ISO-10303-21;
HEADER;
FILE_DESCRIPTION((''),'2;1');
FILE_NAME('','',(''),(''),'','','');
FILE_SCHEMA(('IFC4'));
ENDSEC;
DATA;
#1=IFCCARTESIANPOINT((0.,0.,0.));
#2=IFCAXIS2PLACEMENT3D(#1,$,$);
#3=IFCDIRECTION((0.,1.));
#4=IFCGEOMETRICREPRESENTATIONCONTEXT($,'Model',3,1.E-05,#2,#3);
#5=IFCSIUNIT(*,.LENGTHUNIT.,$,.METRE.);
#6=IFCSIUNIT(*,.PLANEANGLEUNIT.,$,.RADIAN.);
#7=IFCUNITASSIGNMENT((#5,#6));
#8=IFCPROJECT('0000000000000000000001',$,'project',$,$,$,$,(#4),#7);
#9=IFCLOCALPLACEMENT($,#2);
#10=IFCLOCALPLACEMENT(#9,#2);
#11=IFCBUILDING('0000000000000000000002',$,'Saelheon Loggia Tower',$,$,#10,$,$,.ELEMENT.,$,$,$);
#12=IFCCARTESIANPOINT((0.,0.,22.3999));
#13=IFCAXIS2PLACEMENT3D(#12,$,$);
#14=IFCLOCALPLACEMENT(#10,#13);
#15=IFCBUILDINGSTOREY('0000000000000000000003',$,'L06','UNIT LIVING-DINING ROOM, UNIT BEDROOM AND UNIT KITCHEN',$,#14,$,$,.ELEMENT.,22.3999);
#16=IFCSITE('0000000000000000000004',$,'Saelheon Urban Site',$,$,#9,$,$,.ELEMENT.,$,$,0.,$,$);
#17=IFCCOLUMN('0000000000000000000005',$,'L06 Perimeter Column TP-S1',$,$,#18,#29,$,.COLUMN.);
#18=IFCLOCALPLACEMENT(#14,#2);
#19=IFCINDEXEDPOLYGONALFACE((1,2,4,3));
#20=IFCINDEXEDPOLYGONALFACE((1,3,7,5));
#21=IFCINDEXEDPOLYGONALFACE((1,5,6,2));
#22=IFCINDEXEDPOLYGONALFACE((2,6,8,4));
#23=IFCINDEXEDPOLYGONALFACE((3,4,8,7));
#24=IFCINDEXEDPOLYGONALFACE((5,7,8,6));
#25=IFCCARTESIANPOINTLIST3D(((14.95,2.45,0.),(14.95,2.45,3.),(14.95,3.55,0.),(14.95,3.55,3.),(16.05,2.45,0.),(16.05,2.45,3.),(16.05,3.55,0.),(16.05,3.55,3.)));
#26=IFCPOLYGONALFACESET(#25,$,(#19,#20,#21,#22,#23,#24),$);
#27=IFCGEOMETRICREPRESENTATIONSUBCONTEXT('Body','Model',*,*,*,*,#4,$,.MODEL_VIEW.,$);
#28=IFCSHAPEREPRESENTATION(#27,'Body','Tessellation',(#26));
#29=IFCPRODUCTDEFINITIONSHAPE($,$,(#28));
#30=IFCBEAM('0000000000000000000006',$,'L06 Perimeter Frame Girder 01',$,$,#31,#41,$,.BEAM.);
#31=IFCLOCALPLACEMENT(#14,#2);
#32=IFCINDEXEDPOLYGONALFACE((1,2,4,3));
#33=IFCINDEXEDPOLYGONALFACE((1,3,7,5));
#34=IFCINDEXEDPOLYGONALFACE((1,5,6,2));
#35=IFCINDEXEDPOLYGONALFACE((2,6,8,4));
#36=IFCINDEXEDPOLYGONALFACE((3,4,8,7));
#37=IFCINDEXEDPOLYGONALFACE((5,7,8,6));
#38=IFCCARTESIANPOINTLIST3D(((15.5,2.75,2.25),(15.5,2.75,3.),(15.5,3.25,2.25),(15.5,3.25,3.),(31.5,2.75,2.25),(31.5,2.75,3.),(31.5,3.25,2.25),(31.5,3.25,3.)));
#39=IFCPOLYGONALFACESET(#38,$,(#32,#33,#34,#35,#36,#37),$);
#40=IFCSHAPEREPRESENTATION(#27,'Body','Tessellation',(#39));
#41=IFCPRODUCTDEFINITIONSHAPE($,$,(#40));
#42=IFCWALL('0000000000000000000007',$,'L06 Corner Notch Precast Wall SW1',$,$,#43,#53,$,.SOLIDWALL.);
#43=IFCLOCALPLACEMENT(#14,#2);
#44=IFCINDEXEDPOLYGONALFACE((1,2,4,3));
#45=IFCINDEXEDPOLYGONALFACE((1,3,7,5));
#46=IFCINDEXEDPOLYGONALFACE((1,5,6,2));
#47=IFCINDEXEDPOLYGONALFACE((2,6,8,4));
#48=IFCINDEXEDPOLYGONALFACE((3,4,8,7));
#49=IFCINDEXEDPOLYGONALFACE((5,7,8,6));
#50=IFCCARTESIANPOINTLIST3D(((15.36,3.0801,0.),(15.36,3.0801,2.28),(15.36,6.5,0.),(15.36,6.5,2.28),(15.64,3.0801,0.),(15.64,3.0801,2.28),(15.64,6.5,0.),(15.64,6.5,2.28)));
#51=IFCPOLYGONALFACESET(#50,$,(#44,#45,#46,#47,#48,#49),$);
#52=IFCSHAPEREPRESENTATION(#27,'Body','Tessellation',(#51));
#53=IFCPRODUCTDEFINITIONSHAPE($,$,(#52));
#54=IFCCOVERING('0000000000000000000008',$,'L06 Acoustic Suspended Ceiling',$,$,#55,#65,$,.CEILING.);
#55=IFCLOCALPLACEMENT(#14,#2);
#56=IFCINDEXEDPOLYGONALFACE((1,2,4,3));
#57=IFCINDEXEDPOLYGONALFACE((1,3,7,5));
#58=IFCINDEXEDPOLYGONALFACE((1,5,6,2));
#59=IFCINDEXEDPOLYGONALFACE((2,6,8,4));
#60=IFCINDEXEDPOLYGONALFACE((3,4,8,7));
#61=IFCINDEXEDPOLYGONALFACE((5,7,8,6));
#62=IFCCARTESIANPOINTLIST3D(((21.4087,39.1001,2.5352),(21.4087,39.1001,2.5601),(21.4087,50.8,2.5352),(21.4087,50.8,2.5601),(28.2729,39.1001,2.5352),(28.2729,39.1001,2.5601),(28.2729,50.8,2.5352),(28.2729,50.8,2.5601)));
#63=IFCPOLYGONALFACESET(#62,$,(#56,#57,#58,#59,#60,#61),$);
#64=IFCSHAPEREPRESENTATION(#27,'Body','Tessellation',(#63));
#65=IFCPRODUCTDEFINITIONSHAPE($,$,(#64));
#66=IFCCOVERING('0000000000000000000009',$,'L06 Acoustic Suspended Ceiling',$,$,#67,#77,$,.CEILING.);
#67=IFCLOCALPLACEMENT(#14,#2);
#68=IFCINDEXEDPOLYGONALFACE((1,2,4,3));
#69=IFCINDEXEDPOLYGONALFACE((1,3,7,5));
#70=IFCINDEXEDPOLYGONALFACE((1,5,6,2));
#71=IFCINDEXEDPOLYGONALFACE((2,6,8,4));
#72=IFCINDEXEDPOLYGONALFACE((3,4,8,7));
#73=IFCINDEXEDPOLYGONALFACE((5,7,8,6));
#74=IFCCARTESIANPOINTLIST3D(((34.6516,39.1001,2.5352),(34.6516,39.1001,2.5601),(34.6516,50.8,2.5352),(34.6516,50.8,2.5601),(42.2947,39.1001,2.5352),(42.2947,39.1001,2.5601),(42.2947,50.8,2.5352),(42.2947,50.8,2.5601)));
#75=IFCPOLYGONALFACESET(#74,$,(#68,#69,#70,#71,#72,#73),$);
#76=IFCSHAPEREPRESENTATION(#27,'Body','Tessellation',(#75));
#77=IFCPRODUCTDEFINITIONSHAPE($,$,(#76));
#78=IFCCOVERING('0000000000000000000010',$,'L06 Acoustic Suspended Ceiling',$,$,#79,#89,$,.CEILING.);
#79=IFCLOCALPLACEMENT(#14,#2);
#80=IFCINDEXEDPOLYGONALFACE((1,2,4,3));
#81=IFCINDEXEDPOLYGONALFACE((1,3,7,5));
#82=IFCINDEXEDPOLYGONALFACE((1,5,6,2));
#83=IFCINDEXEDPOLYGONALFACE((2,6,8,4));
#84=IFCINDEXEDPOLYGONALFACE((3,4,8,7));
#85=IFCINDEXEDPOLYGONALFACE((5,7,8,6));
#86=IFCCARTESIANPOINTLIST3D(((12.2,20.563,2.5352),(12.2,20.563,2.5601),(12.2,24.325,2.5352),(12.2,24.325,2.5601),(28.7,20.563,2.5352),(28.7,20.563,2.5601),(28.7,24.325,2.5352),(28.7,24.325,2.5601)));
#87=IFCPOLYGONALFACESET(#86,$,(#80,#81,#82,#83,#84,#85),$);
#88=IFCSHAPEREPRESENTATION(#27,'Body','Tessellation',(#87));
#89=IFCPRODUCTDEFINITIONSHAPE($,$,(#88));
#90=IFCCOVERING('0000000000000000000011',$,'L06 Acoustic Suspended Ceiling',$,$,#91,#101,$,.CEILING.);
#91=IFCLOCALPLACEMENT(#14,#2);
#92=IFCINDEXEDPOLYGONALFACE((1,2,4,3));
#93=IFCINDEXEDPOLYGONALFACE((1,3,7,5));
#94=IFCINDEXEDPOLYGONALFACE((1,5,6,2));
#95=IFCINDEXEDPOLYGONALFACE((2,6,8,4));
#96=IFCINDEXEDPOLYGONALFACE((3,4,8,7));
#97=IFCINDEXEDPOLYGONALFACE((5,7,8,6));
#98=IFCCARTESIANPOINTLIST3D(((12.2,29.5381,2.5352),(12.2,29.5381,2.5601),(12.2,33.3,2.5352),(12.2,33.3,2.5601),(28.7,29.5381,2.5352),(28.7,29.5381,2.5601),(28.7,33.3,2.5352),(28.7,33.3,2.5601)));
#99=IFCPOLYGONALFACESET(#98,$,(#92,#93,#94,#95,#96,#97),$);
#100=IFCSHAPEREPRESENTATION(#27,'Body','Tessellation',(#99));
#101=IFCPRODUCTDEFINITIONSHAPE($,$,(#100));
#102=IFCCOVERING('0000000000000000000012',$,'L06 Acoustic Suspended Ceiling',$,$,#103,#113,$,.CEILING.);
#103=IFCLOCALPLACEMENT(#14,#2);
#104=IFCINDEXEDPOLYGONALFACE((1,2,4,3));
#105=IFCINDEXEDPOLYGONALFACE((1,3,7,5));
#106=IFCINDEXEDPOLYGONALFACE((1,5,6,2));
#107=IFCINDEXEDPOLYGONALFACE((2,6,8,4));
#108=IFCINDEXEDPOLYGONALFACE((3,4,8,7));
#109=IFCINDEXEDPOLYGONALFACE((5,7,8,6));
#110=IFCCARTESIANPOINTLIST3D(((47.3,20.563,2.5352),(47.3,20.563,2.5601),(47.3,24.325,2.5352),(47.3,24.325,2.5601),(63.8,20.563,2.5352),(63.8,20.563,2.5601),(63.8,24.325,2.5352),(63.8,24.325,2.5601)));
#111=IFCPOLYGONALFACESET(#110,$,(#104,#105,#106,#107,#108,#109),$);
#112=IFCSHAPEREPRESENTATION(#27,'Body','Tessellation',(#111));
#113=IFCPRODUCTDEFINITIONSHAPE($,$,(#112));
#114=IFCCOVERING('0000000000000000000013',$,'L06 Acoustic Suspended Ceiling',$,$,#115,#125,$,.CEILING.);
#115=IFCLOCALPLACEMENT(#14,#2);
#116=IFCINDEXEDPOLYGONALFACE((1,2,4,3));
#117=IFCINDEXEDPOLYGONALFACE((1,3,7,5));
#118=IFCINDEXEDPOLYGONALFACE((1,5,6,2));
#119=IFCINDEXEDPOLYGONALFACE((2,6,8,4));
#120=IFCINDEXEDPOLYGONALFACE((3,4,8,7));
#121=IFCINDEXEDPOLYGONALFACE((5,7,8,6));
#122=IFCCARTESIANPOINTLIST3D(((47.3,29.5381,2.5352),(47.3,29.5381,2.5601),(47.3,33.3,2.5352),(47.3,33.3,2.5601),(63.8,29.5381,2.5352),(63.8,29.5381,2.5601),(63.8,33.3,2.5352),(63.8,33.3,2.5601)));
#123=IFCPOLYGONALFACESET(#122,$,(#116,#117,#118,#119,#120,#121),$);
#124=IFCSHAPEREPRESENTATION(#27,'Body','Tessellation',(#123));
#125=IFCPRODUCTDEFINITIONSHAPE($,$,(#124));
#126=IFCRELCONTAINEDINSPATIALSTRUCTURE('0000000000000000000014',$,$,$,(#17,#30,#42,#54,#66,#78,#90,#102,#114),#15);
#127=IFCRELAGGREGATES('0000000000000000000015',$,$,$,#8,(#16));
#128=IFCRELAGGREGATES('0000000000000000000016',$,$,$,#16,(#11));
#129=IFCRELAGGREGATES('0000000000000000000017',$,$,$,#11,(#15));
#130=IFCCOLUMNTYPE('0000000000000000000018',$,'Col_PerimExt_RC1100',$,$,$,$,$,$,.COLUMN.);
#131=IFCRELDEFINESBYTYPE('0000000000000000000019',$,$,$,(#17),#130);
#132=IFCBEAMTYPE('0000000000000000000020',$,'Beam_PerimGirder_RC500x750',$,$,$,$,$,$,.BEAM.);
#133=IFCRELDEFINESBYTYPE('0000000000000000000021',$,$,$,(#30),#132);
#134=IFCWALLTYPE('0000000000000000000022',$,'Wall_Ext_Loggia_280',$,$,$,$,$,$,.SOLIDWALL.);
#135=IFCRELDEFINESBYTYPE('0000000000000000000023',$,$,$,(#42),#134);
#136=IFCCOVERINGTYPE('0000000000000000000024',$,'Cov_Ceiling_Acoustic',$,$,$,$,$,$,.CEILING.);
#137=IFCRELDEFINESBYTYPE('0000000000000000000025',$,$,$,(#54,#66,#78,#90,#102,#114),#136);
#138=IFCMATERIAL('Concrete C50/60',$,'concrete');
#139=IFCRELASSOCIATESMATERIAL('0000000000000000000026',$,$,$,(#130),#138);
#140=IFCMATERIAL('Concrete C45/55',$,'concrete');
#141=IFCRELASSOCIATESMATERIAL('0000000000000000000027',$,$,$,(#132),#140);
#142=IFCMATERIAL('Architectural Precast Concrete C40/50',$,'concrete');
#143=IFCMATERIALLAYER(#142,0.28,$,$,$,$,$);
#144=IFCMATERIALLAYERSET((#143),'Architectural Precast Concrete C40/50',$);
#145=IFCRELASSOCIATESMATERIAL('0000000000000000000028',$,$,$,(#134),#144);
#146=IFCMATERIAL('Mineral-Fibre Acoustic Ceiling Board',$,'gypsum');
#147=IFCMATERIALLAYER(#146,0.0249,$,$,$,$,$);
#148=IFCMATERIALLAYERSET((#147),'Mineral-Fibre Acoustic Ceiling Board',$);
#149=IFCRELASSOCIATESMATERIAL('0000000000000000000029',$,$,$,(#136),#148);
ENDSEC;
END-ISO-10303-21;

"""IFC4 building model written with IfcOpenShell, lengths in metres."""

from ifc_helpers import new_model, si_unit, direction, frame, frame_2d, origin, origin_2d, place, context, subcontext, project, spatial, polyline, rectangle, outline, extrude, source, transform, mapped, material, layer, layer_set, material_profile, profile_set, type_object, element, save


model = new_model("IFC4")

# Units and contexts
model_context = context("Model", 3, precision=1e-05, world=origin(), true_north=direction((0.0, 1.0)))
body_context = subcontext(model_context, "Body", "Model", "MODEL_VIEW")
ifc_project = project(units=[si_unit("LENGTHUNIT", "METRE"), si_unit("PLANEANGLEUNIT", "RADIAN")], contexts=[model_context])

# Site, building, storey
site_placement = place(None, origin())
site = spatial("IfcSite", under=ifc_project, at=site_placement, Name="Saelheon Urban Site", CompositionType="ELEMENT", RefElevation=0.0)
building_placement = place(site_placement, origin())
building = spatial("IfcBuilding", under=site, at=building_placement, Name="Saelheon Loggia Tower", CompositionType="ELEMENT")
storey_placement = place(building_placement, frame((0.0, 0.0, 22.3999)))
storey = spatial("IfcBuildingStorey", under=building, at=storey_placement, Name="L06", Description="UNIT LIVING-DINING ROOM, UNIT BEDROOM AND UNIT KITCHEN", CompositionType="ELEMENT", Elevation=22.3999)

# Column
ifc_material_1 = material(Name="Concrete C50/60", Category="concrete")
ifc_material_profile_1 = material_profile(ifc_material_1, rectangle(XDim=1.1001, YDim=1.1001, at=origin_2d()), Name="RC-1100x1100")
ifc_profile_set_1 = profile_set([ifc_material_profile_1], Name="Concrete C50/60")
column_type = type_object("IfcColumnType", Name="Col_PerimExt_RC1100", PredefinedType="COLUMN", material=ifc_profile_set_1)
shared_shape_1 = source(origin(), body_context, "Body", "SweptSolid", [
    extrude(rectangle(XDim=1.1001, YDim=1.1001, at=origin_2d()), origin(), (0.0, 0.0, 1.0), 3.0),
])
column_placement = place(storey_placement, frame((15.5, 3.0, 0.0), z_axis=(0.0, 0.0, 1.0), x_axis=(1.0, 0.0, 0.0)))
element("IfcColumn", 1, at=column_placement, inside=storey, type_object=column_type, Name="L06 Perimeter Column TP-S1", PredefinedType="COLUMN", context=body_context, shape_type="MappedRepresentation", body=[
    mapped(shared_shape_1, transform((0.0, 0.0, 0.0), scale=1.0)),
])

# Beam
ifc_material_2 = material(Name="Concrete C45/55", Category="concrete")
ifc_material_profile_2 = material_profile(ifc_material_2, rectangle(XDim=0.5, YDim=0.75, at=origin_2d()), Name="RC-500x750")
ifc_profile_set_2 = profile_set([ifc_material_profile_2], Name="Concrete C45/55")
beam_type = type_object("IfcBeamType", Name="Beam_PerimGirder_RC500x750", PredefinedType="BEAM", material=ifc_profile_set_2)
shared_shape_2 = source(origin(), body_context, "Body", "SweptSolid", [
    extrude(rectangle(XDim=0.5, YDim=0.75, at=origin_2d()), origin(), (0.0, 0.0, 1.0), 16.0),
])
beam_placement = place(storey_placement, frame((15.5, 3.0, 2.625), z_axis=(1.0, 0.0, 0.0), x_axis=(0.0, 1.0, 0.0)))
element("IfcBeam", 2, at=beam_placement, inside=storey, type_object=beam_type, Name="L06 Perimeter Frame Girder 01", PredefinedType="BEAM", context=body_context, shape_type="MappedRepresentation", body=[
    mapped(shared_shape_2, transform((0.0, 0.0, 0.0), scale=1.0)),
])

# Wall
ifc_material_3 = material(Name="Architectural Precast Concrete C40/50", Category="concrete")
ifc_layer_1 = layer(ifc_material_3, 0.28)
ifc_layer_set_1 = layer_set([ifc_layer_1], Name="Architectural Precast Concrete C40/50")
wall_type = type_object("IfcWallType", Name="Wall_Ext_Loggia_280", PredefinedType="SOLIDWALL", material=ifc_layer_set_1)
wall_placement = place(storey_placement, frame((15.5, 3.0801, 0.0), z_axis=(0.0, 0.0, 1.0), x_axis=(0.0, 1.0, 0.0)))
element("IfcWall", 3, at=wall_placement, inside=storey, type_object=wall_type, Name="L06 Corner Notch Precast Wall SW1", PredefinedType="SOLIDWALL", context=body_context, shape_type="SweptSolid", body=[
    extrude(rectangle(XDim=3.4199, YDim=0.28, at=frame_2d((1.71, 0.0))), origin(), (0.0, 0.0, 1.0), 2.28),
])

# Coverings
ifc_material_4 = material(Name="Mineral-Fibre Acoustic Ceiling Board", Category="gypsum")
ifc_layer_2 = layer(ifc_material_4, 0.0249)
ifc_layer_set_2 = layer_set([ifc_layer_2], Name="Mineral-Fibre Acoustic Ceiling Board")
covering_type = type_object("IfcCoveringType", Name="Cov_Ceiling_Acoustic", PredefinedType="CEILING", material=ifc_layer_set_2)
covering_1_placement = place(storey_placement, frame((0.0, 0.0, 2.5352)))
element("IfcCovering", 4, at=covering_1_placement, inside=storey, type_object=covering_type, Name="L06 Acoustic Suspended Ceiling", PredefinedType="CEILING", context=body_context, shape_type="SweptSolid", body=[
    extrude(outline(polyline([(21.4087, 39.1001), (28.2729, 39.1001), (28.2729, 50.8), (21.4087, 50.8), (21.4087, 39.1001)])), origin(), (0.0, 0.0, 1.0), 0.0249),
])
covering_2_placement = place(storey_placement, frame((0.0, 0.0, 2.5352)))
element("IfcCovering", 5, at=covering_2_placement, inside=storey, type_object=covering_type, Name="L06 Acoustic Suspended Ceiling", PredefinedType="CEILING", context=body_context, shape_type="SweptSolid", body=[
    extrude(outline(polyline([(34.6516, 39.1001), (42.2947, 39.1001), (42.2947, 50.8), (34.6516, 50.8), (34.6516, 39.1001)])), origin(), (0.0, 0.0, 1.0), 0.0249),
])
covering_3_placement = place(storey_placement, frame((0.0, 0.0, 2.5352)))
element("IfcCovering", 6, at=covering_3_placement, inside=storey, type_object=covering_type, Name="L06 Acoustic Suspended Ceiling", PredefinedType="CEILING", context=body_context, shape_type="SweptSolid", body=[
    extrude(outline(polyline([(12.2, 20.563), (28.7, 20.563), (28.7, 24.325), (12.2, 24.325), (12.2, 20.563)])), origin(), (0.0, 0.0, 1.0), 0.0249),
])
covering_4_placement = place(storey_placement, frame((0.0, 0.0, 2.5352)))
element("IfcCovering", 7, at=covering_4_placement, inside=storey, type_object=covering_type, Name="L06 Acoustic Suspended Ceiling", PredefinedType="CEILING", context=body_context, shape_type="SweptSolid", body=[
    extrude(outline(polyline([(12.2, 29.5381), (28.7, 29.5381), (28.7, 33.3), (12.2, 33.3), (12.2, 29.5381)])), origin(), (0.0, 0.0, 1.0), 0.0249),
])
covering_5_placement = place(storey_placement, frame((0.0, 0.0, 2.5352)))
element("IfcCovering", 8, at=covering_5_placement, inside=storey, type_object=covering_type, Name="L06 Acoustic Suspended Ceiling", PredefinedType="CEILING", context=body_context, shape_type="SweptSolid", body=[
    extrude(outline(polyline([(47.3, 20.563), (63.8, 20.563), (63.8, 24.325), (47.3, 24.325), (47.3, 20.563)])), origin(), (0.0, 0.0, 1.0), 0.0249),
])
covering_6_placement = place(storey_placement, frame((0.0, 0.0, 2.5352)))
element("IfcCovering", 9, at=covering_6_placement, inside=storey, type_object=covering_type, Name="L06 Acoustic Suspended Ceiling", PredefinedType="CEILING", context=body_context, shape_type="SweptSolid", body=[
    extrude(outline(polyline([(47.3, 29.5381), (63.8, 29.5381), (63.8, 33.3), (47.3, 33.3), (47.3, 29.5381)])), origin(), (0.0, 0.0, 1.0), 0.0249),
])

save(model, "model.ifc")
